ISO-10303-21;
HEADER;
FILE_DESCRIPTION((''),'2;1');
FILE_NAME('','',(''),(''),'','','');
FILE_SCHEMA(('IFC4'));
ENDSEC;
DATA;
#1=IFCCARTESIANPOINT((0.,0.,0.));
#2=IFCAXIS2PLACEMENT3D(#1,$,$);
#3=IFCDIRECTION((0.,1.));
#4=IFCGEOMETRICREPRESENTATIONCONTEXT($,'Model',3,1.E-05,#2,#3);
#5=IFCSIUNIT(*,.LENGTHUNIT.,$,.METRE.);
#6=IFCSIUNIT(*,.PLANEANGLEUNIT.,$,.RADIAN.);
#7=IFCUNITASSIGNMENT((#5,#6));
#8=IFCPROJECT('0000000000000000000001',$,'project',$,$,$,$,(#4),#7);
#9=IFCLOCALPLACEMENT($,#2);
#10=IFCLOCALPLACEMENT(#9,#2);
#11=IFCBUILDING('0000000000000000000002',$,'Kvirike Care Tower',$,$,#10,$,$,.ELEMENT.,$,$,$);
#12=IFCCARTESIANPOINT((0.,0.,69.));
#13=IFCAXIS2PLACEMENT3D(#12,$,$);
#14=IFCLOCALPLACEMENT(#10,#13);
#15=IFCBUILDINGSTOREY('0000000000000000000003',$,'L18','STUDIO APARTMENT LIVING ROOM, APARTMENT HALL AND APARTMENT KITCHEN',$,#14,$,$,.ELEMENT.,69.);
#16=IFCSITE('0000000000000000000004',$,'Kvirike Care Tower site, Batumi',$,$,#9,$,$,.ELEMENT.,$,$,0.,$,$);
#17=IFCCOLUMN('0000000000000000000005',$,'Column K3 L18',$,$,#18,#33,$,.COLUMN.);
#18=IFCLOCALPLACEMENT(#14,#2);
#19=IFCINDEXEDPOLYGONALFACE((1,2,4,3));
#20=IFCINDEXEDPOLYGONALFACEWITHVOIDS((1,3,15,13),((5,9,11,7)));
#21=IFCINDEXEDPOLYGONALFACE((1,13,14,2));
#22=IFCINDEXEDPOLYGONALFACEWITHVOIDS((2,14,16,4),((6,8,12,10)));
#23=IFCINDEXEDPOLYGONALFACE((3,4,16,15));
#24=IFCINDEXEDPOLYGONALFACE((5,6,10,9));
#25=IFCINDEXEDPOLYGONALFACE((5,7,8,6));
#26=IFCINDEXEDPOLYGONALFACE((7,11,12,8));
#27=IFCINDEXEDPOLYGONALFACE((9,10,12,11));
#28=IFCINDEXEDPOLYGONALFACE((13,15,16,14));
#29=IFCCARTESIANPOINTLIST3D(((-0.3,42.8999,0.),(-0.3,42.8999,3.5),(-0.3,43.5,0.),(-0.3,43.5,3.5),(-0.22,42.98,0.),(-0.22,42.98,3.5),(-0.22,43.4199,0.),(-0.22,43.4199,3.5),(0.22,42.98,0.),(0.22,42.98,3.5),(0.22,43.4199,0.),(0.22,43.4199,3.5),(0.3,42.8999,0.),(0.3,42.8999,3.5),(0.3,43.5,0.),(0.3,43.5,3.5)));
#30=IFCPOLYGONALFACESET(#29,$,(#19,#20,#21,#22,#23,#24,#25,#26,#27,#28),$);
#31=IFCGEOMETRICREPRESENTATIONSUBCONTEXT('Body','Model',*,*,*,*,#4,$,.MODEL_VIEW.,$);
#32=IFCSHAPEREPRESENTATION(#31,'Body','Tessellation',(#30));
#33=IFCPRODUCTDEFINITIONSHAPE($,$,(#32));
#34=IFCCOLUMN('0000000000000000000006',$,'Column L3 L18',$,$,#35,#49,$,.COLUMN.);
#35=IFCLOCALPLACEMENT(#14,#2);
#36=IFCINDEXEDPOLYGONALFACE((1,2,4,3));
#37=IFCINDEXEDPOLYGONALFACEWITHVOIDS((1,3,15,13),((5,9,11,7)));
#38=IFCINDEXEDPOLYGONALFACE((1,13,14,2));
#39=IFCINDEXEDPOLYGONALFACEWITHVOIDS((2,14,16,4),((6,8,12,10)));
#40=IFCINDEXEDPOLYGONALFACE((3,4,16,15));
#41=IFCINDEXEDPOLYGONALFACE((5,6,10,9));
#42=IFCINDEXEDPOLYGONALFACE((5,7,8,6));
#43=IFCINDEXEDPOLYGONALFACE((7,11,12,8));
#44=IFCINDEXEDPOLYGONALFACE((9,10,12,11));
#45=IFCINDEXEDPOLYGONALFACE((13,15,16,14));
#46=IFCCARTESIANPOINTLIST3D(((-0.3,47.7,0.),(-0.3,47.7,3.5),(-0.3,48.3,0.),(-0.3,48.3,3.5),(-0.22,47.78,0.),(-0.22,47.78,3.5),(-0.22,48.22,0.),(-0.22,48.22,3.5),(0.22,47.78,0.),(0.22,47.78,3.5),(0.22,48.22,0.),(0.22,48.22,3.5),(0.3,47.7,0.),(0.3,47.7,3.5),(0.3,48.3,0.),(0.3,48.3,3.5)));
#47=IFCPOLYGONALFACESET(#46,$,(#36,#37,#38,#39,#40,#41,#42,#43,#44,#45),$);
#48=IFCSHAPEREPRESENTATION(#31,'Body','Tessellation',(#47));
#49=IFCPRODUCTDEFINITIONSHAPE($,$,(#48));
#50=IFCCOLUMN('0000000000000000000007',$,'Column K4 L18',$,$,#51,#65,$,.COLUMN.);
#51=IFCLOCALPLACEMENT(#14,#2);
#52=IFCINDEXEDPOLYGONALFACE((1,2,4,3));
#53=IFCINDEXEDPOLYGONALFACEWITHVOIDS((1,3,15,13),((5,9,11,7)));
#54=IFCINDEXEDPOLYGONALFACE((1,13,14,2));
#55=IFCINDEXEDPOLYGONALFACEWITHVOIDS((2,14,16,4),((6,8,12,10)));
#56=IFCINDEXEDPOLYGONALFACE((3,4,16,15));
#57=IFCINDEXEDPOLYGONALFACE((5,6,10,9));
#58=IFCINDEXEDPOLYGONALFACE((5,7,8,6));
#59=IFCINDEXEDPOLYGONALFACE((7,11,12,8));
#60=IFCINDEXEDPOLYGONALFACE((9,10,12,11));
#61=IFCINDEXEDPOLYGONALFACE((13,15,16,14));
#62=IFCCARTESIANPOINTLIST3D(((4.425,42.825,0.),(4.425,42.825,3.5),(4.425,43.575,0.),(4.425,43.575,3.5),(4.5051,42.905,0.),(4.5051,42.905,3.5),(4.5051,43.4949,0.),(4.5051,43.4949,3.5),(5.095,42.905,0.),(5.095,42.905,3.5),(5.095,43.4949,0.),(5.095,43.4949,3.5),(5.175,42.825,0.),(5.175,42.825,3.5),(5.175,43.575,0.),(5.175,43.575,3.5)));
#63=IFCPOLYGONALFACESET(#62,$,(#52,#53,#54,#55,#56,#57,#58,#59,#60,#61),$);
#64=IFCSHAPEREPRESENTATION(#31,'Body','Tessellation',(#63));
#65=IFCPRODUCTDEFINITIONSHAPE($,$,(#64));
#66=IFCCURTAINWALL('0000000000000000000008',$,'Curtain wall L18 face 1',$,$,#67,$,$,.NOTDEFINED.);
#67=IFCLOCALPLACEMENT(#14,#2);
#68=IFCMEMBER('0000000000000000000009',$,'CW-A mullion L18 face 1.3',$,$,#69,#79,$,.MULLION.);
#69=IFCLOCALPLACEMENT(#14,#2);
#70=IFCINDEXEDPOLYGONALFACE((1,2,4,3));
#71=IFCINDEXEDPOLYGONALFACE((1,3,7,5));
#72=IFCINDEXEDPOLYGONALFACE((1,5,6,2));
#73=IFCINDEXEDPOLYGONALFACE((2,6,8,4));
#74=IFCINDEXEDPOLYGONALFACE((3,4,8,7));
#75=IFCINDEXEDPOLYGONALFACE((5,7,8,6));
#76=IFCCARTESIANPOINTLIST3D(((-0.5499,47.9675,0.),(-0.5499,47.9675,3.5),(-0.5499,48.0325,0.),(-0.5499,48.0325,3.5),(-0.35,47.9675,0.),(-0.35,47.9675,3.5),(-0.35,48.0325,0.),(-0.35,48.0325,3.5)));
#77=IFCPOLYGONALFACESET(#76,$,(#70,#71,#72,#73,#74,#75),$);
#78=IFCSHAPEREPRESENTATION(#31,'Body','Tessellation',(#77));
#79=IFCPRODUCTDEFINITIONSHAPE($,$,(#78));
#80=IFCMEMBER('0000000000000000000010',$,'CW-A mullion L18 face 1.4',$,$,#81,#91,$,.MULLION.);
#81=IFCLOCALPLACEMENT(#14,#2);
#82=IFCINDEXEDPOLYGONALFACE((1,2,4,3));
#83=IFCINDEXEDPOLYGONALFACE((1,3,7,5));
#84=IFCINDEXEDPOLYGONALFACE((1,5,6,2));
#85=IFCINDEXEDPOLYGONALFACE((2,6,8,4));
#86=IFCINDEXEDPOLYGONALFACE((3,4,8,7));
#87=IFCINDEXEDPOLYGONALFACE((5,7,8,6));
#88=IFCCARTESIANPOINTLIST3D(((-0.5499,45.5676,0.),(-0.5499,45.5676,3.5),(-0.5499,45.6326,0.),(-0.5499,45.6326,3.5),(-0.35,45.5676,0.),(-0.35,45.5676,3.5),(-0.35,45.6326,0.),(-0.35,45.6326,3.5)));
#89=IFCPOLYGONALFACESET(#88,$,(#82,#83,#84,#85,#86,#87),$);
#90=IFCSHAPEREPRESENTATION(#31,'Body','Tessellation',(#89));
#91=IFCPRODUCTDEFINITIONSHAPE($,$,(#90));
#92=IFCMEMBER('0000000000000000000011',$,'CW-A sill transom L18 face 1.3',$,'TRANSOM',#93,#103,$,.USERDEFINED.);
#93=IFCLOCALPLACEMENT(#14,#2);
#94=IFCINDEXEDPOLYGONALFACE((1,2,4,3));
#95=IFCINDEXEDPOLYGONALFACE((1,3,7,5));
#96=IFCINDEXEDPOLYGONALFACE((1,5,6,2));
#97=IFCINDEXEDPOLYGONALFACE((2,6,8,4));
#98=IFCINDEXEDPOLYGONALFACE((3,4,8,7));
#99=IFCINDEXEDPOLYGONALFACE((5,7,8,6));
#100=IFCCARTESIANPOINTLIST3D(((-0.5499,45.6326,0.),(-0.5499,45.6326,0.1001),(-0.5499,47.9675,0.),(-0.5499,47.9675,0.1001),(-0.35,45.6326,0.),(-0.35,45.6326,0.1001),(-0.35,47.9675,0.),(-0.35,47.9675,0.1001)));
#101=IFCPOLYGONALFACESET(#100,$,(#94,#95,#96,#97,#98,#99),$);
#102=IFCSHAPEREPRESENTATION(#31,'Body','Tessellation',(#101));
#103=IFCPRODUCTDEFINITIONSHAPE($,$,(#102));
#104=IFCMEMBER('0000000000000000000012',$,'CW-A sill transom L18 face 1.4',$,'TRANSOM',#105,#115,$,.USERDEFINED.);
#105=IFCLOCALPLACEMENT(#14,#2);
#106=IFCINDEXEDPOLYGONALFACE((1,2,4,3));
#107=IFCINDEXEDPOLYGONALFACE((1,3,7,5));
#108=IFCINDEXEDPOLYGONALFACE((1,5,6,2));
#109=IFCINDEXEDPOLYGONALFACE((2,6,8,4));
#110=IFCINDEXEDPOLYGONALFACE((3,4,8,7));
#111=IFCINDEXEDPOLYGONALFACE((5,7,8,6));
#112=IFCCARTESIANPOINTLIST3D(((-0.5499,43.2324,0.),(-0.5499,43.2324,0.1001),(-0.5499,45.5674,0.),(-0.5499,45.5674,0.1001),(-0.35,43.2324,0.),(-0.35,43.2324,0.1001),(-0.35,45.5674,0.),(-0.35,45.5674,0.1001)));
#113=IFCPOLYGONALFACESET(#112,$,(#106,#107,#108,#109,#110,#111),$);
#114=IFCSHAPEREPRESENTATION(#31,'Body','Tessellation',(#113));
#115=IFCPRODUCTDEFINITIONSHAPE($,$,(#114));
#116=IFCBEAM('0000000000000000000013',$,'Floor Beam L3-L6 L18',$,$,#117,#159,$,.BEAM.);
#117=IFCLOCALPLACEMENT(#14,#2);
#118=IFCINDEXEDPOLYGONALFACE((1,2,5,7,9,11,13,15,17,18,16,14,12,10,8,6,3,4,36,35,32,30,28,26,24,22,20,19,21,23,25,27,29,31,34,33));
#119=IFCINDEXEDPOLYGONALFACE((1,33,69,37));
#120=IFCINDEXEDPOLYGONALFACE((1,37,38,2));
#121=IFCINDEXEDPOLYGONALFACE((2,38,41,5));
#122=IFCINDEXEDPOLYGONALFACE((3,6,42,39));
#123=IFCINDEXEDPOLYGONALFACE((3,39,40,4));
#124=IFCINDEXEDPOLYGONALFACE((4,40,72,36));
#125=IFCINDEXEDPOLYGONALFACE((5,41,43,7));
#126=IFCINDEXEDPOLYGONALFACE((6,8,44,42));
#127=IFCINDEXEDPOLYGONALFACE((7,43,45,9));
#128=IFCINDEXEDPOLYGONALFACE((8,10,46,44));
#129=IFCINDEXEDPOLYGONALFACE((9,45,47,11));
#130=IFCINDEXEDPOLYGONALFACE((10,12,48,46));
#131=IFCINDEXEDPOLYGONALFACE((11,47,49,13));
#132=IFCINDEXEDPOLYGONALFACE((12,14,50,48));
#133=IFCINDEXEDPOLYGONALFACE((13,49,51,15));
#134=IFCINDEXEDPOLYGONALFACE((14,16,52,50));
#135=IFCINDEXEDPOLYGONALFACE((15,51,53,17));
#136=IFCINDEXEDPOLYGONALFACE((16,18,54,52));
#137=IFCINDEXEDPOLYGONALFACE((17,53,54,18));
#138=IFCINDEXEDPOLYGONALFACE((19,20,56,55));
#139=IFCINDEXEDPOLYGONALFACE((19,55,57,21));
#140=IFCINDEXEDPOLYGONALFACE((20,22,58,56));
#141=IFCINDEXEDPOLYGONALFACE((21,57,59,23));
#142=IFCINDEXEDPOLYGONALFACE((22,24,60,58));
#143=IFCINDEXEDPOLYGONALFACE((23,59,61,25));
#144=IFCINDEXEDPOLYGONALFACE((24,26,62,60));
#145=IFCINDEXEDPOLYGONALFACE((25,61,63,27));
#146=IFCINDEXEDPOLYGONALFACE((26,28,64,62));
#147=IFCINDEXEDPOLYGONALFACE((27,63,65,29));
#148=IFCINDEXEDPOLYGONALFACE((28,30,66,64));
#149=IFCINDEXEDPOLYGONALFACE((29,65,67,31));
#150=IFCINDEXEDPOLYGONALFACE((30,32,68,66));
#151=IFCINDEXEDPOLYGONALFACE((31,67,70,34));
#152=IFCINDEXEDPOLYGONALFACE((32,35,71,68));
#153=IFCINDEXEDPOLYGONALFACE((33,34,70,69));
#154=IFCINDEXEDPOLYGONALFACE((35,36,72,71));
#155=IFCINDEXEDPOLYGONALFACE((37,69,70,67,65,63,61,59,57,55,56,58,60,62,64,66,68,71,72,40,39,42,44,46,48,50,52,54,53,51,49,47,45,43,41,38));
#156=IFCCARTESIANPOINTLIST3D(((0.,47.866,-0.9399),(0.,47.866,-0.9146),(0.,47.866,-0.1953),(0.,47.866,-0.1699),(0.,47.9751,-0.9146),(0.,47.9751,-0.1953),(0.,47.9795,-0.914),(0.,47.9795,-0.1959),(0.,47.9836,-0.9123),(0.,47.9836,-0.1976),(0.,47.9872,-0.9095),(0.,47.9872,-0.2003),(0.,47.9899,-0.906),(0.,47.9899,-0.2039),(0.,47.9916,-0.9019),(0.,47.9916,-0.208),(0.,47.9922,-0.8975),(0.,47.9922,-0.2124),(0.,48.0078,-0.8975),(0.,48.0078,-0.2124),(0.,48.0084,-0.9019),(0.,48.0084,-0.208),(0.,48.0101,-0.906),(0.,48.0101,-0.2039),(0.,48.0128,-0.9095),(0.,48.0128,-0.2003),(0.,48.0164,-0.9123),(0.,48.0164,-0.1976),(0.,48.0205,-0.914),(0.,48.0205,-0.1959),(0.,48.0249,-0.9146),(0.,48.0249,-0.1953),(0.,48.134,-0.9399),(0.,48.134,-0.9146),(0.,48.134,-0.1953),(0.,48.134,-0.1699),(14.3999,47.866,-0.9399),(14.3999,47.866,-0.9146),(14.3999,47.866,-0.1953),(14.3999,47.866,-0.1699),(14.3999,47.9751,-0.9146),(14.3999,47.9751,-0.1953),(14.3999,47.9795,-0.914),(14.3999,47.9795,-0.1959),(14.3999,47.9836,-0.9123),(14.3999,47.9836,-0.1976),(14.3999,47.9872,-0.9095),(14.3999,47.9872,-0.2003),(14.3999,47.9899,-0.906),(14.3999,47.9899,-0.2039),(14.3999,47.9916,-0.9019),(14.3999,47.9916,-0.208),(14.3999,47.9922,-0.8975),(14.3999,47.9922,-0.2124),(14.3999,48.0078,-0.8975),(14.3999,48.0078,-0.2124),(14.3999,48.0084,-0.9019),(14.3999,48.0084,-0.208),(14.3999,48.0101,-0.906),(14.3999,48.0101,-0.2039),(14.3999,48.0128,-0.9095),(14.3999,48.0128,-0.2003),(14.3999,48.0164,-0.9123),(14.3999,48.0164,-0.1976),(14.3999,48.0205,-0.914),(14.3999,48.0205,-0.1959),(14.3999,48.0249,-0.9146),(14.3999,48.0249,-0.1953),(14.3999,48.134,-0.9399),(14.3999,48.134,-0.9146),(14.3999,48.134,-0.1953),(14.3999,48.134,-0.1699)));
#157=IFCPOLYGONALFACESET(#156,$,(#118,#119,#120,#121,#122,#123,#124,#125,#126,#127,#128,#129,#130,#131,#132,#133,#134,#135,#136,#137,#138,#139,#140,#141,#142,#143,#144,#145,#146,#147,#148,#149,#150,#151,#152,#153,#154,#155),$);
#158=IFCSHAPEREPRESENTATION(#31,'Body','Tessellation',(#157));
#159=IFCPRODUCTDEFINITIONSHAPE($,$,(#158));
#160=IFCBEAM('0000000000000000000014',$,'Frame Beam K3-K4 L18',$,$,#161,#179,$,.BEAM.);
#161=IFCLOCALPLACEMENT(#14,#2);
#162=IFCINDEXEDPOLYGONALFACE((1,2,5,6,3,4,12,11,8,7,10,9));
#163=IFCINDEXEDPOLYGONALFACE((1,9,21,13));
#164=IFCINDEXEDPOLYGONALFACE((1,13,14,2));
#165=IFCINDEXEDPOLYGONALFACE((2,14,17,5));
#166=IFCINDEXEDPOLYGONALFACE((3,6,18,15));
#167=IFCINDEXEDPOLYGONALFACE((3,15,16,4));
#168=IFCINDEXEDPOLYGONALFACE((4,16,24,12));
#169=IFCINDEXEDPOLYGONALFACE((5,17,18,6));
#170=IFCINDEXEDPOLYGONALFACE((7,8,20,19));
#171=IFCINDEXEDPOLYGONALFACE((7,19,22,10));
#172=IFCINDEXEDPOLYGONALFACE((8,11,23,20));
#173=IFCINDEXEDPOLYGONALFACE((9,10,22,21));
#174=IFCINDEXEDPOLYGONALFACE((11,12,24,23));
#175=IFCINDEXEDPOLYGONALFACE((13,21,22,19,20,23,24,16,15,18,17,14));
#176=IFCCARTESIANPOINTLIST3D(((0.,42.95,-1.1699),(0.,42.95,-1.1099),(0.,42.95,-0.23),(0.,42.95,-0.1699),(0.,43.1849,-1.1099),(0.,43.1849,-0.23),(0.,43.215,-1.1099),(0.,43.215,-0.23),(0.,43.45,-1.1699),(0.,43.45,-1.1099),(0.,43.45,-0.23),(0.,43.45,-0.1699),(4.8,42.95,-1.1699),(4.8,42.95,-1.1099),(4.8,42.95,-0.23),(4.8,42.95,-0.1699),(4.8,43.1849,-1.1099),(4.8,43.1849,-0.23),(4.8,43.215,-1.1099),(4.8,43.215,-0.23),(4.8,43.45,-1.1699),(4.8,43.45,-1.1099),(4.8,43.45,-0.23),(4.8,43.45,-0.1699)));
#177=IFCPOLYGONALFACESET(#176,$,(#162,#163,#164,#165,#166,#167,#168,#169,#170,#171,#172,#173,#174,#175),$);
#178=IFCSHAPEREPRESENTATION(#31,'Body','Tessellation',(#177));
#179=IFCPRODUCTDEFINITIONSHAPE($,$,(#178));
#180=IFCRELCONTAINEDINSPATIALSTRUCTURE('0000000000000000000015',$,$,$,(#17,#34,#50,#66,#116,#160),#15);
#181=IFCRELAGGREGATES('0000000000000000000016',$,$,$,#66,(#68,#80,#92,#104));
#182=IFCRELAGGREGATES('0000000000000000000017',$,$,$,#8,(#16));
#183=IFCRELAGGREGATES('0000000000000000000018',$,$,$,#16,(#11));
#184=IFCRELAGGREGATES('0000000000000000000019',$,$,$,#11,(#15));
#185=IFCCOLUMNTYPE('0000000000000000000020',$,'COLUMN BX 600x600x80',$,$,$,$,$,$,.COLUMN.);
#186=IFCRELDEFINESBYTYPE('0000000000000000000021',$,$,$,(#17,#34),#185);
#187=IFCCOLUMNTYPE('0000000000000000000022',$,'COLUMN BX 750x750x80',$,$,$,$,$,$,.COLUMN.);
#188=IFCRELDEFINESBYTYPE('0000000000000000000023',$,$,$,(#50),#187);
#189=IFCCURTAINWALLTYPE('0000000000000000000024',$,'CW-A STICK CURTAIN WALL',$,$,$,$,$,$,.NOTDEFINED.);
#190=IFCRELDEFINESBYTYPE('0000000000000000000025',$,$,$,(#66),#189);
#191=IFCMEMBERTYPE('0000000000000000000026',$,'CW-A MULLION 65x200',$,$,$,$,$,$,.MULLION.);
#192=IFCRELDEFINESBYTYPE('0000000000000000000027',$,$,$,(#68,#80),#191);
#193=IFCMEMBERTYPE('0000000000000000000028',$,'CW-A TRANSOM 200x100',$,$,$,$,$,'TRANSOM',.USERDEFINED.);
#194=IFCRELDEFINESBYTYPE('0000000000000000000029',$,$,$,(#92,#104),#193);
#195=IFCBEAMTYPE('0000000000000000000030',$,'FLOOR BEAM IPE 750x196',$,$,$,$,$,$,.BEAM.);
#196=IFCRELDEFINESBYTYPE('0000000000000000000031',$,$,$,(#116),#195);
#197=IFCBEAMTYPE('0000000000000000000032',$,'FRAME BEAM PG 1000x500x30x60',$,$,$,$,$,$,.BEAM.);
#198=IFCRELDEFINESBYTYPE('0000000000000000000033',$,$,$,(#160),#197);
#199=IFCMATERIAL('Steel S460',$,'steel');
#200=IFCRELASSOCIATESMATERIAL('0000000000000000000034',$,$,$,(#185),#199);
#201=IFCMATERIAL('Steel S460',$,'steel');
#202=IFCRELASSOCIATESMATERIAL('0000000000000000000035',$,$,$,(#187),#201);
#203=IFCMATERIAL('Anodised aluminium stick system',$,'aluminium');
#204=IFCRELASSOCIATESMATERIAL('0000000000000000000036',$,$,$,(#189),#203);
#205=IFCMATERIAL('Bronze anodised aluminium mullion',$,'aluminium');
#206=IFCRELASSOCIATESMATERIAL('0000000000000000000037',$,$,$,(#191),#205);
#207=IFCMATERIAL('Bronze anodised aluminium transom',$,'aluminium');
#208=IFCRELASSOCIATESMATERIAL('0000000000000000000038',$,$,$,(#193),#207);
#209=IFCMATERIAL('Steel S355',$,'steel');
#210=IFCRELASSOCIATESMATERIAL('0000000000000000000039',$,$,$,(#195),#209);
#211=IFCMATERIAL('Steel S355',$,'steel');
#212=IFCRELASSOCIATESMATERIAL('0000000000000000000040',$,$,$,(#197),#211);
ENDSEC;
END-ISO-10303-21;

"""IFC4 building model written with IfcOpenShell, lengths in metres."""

from ifc_helpers import new_model, si_unit, direction, frame, origin, origin_2d, place, context, subcontext, project, spatial, rectangle, hollow_rectangle, i_section, extrude, material, material_profile, profile_set, type_object, element, aggregate, save


model = new_model("IFC4")

# Units and contexts
model_context = context("Model", 3, precision=1e-05, world=origin(), true_north=direction((0.0, 1.0)))
body_context = subcontext(model_context, "Body", "Model", "MODEL_VIEW")
ifc_project = project(units=[si_unit("LENGTHUNIT", "METRE"), si_unit("PLANEANGLEUNIT", "RADIAN")], contexts=[model_context])

# Site, building, storey
site_placement = place(None, origin())
site = spatial("IfcSite", under=ifc_project, at=site_placement, Name="Kvirike Care Tower site, Batumi", CompositionType="ELEMENT", RefElevation=0.0)
building_placement = place(site_placement, origin())
building = spatial("IfcBuilding", under=site, at=building_placement, Name="Kvirike Care Tower", CompositionType="ELEMENT")
storey_placement = place(building_placement, frame((0.0, 0.0, 69.0)))
storey = spatial("IfcBuildingStorey", under=building, at=storey_placement, Name="L18", Description="STUDIO APARTMENT LIVING ROOM, APARTMENT HALL AND APARTMENT KITCHEN", CompositionType="ELEMENT", Elevation=69.0)

# Columns
ifc_material_1 = material(Name="Steel S460", Category="steel")
ifc_material_profile_1 = material_profile(ifc_material_1, hollow_rectangle(XDim=0.6001, YDim=0.6001, WallThickness=0.0801, at=origin_2d()), Name="BX 600x600x80")
ifc_profile_set_1 = profile_set([ifc_material_profile_1], Name="Steel S460")
column_type_1 = type_object("IfcColumnType", Name="COLUMN BX 600x600x80", PredefinedType="COLUMN", material=ifc_profile_set_1)
for number, where, z_axis, x_axis, name in (
    (1, (0.0, 43.2, 0.0), (0.0, 0.0, 1.0), (0.0, 1.0, 0.0), "Column K3 L18"),
    (2, (0.0, 48.0, 0.0), (0.0, 0.0, 1.0), (1.0, 0.0, 0.0), "Column L3 L18"),
):
    element("IfcColumn", number, at=place(storey_placement, frame(where, z_axis=z_axis, x_axis=x_axis)), inside=storey, type_object=column_type_1, Name=name, PredefinedType="COLUMN", context=body_context, shape_type="SweptSolid", body=[
        extrude(hollow_rectangle(XDim=0.6001, YDim=0.6001, WallThickness=0.0801, at=origin_2d()), origin(), (0.0, 0.0, 1.0), 3.5),
    ])
ifc_material_2 = material(Name="Steel S460", Category="steel")
ifc_material_profile_2 = material_profile(ifc_material_2, hollow_rectangle(XDim=0.75, YDim=0.75, WallThickness=0.0801, at=origin_2d()), Name="BX 750x750x80")
ifc_profile_set_2 = profile_set([ifc_material_profile_2], Name="Steel S460")
column_type_2 = type_object("IfcColumnType", Name="COLUMN BX 750x750x80", PredefinedType="COLUMN", material=ifc_profile_set_2)
column_placement = place(storey_placement, frame((4.8, 43.2, 0.0), z_axis=(0.0, 0.0, 1.0), x_axis=(0.0, 1.0, 0.0)))
element("IfcColumn", 3, at=column_placement, inside=storey, type_object=column_type_2, Name="Column K4 L18", PredefinedType="COLUMN", context=body_context, shape_type="SweptSolid", body=[
    extrude(hollow_rectangle(XDim=0.75, YDim=0.75, WallThickness=0.0801, at=origin_2d()), origin(), (0.0, 0.0, 1.0), 3.5),
])

# Curtain wall, members
ifc_material_3 = material(Name="Anodised aluminium stick system", Category="aluminium")
curtain_wall_type = type_object("IfcCurtainWallType", Name="CW-A STICK CURTAIN WALL", PredefinedType="NOTDEFINED", material=ifc_material_3)
curtain_wall_placement = place(storey_placement, origin())
curtain_wall = element("IfcCurtainWall", 4, at=curtain_wall_placement, inside=storey, type_object=curtain_wall_type, Name="Curtain wall L18 face 1", PredefinedType="NOTDEFINED")
ifc_material_4 = material(Name="Bronze anodised aluminium mullion", Category="aluminium")
ifc_material_profile_3 = material_profile(ifc_material_4, rectangle(XDim=0.0649, YDim=0.2, at=origin_2d()), Name="CW-A MULLION 65x200")
ifc_profile_set_3 = profile_set([ifc_material_profile_3], Name="Bronze anodised aluminium mullion")
member_type_1 = type_object("IfcMemberType", Name="CW-A MULLION 65x200", PredefinedType="MULLION", material=ifc_profile_set_3)
member_1_placement = place(storey_placement, frame((-0.45, 48.0, 0.0), z_axis=(0.0, 0.0, 1.0), x_axis=(0.0, -1.0, 0.0)))
member_1 = element("IfcMember", 5, at=member_1_placement, type_object=member_type_1, Name="CW-A mullion L18 face 1.3", PredefinedType="MULLION", context=body_context, shape_type="SweptSolid", body=[
    extrude(rectangle(XDim=0.0649, YDim=0.2, at=origin_2d()), origin(), (0.0, 0.0, 1.0), 3.5),
])
member_2_placement = place(storey_placement, frame((-0.45, 45.6001, 0.0), z_axis=(0.0, 0.0, 1.0), x_axis=(0.0, -1.0, 0.0)))
member_2 = element("IfcMember", 6, at=member_2_placement, type_object=member_type_1, Name="CW-A mullion L18 face 1.4", PredefinedType="MULLION", context=body_context, shape_type="SweptSolid", body=[
    extrude(rectangle(XDim=0.0649, YDim=0.2, at=origin_2d()), origin(), (0.0, 0.0, 1.0), 3.5),
])
ifc_material_5 = material(Name="Bronze anodised aluminium transom", Category="aluminium")
ifc_material_profile_4 = material_profile(ifc_material_5, rectangle(XDim=0.2, YDim=0.1001, at=origin_2d()), Name="CW-A TRANSOM 200x100")
ifc_profile_set_4 = profile_set([ifc_material_profile_4], Name="Bronze anodised aluminium transom")
member_type_2 = type_object("IfcMemberType", Name="CW-A TRANSOM 200x100", ElementType="TRANSOM", PredefinedType="USERDEFINED", material=ifc_profile_set_4)
member_3_placement = place(storey_placement, frame((-0.45, 47.9675, 0.05), z_axis=(0.0, -1.0, 0.0), x_axis=(1.0, 0.0, 0.0)))
member_3 = element("IfcMember", 7, at=member_3_placement, type_object=member_type_2, Name="CW-A sill transom L18 face 1.3", ObjectType="TRANSOM", PredefinedType="USERDEFINED", context=body_context, shape_type="SweptSolid", body=[
    extrude(rectangle(XDim=0.2, YDim=0.1001, at=origin_2d()), origin(), (0.0, 0.0, 1.0), 2.335),
])
member_4_placement = place(storey_placement, frame((-0.45, 45.5674, 0.05), z_axis=(0.0, -1.0, 0.0), x_axis=(1.0, 0.0, 0.0)))
member_4 = element("IfcMember", 8, at=member_4_placement, type_object=member_type_2, Name="CW-A sill transom L18 face 1.4", ObjectType="TRANSOM", PredefinedType="USERDEFINED", context=body_context, shape_type="SweptSolid", body=[
    extrude(rectangle(XDim=0.2, YDim=0.1001, at=origin_2d()), origin(), (0.0, 0.0, 1.0), 2.335),
])

# Beams
ifc_material_6 = material(Name="Steel S355", Category="steel")
ifc_material_profile_5 = material_profile(ifc_material_6, i_section(OverallWidth=0.2681, OverallDepth=0.77, WebThickness=0.0156, FlangeThickness=0.0254, FilletRadius=0.0171, at=origin_2d()), Name="IPE 750x196")
ifc_profile_set_5 = profile_set([ifc_material_profile_5], Name="Steel S355")
beam_type_1 = type_object("IfcBeamType", Name="FLOOR BEAM IPE 750x196", PredefinedType="BEAM", material=ifc_profile_set_5)
beam_placement = place(storey_placement, frame((0.0, 48.0, -0.5549), z_axis=(1.0, 0.0, 0.0), x_axis=(0.0, 1.0, 0.0)))
element("IfcBeam", 9, at=beam_placement, inside=storey, type_object=beam_type_1, Name="Floor Beam L3-L6 L18", PredefinedType="BEAM", context=body_context, shape_type="SweptSolid", body=[
    extrude(i_section(OverallWidth=0.2681, OverallDepth=0.77, WebThickness=0.0156, FlangeThickness=0.0254, FilletRadius=0.0171, at=origin_2d()), origin(), (0.0, 0.0, 1.0), 14.3999),
])
ifc_material_7 = material(Name="Steel S355", Category="steel")
ifc_material_profile_6 = material_profile(ifc_material_7, i_section(OverallWidth=0.5, OverallDepth=1.0, WebThickness=0.03, FlangeThickness=0.0601, at=origin_2d()), Name="PG 1000x500x30x60")
ifc_profile_set_6 = profile_set([ifc_material_profile_6], Name="Steel S355")
beam_type_2 = type_object("IfcBeamType", Name="FRAME BEAM PG 1000x500x30x60", PredefinedType="BEAM", material=ifc_profile_set_6)
for number, where, z_axis, x_axis, name in (
    (10, (0.0, 43.2, -0.6699), (1.0, 0.0, 0.0), (0.0, 1.0, 0.0), "Frame Beam K3-K4 L18"),
):
    element("IfcBeam", number, at=place(storey_placement, frame(where, z_axis=z_axis, x_axis=x_axis)), inside=storey, type_object=beam_type_2, Name=name, PredefinedType="BEAM", context=body_context, shape_type="SweptSolid", body=[
        extrude(i_section(OverallWidth=0.5, OverallDepth=1.0, WebThickness=0.03, FlangeThickness=0.0601, at=origin_2d()), origin(), (0.0, 0.0, 1.0), 4.8),
    ])

aggregate(curtain_wall, [member_1, member_2, member_3, member_4])

save(model, "model.ifc")
